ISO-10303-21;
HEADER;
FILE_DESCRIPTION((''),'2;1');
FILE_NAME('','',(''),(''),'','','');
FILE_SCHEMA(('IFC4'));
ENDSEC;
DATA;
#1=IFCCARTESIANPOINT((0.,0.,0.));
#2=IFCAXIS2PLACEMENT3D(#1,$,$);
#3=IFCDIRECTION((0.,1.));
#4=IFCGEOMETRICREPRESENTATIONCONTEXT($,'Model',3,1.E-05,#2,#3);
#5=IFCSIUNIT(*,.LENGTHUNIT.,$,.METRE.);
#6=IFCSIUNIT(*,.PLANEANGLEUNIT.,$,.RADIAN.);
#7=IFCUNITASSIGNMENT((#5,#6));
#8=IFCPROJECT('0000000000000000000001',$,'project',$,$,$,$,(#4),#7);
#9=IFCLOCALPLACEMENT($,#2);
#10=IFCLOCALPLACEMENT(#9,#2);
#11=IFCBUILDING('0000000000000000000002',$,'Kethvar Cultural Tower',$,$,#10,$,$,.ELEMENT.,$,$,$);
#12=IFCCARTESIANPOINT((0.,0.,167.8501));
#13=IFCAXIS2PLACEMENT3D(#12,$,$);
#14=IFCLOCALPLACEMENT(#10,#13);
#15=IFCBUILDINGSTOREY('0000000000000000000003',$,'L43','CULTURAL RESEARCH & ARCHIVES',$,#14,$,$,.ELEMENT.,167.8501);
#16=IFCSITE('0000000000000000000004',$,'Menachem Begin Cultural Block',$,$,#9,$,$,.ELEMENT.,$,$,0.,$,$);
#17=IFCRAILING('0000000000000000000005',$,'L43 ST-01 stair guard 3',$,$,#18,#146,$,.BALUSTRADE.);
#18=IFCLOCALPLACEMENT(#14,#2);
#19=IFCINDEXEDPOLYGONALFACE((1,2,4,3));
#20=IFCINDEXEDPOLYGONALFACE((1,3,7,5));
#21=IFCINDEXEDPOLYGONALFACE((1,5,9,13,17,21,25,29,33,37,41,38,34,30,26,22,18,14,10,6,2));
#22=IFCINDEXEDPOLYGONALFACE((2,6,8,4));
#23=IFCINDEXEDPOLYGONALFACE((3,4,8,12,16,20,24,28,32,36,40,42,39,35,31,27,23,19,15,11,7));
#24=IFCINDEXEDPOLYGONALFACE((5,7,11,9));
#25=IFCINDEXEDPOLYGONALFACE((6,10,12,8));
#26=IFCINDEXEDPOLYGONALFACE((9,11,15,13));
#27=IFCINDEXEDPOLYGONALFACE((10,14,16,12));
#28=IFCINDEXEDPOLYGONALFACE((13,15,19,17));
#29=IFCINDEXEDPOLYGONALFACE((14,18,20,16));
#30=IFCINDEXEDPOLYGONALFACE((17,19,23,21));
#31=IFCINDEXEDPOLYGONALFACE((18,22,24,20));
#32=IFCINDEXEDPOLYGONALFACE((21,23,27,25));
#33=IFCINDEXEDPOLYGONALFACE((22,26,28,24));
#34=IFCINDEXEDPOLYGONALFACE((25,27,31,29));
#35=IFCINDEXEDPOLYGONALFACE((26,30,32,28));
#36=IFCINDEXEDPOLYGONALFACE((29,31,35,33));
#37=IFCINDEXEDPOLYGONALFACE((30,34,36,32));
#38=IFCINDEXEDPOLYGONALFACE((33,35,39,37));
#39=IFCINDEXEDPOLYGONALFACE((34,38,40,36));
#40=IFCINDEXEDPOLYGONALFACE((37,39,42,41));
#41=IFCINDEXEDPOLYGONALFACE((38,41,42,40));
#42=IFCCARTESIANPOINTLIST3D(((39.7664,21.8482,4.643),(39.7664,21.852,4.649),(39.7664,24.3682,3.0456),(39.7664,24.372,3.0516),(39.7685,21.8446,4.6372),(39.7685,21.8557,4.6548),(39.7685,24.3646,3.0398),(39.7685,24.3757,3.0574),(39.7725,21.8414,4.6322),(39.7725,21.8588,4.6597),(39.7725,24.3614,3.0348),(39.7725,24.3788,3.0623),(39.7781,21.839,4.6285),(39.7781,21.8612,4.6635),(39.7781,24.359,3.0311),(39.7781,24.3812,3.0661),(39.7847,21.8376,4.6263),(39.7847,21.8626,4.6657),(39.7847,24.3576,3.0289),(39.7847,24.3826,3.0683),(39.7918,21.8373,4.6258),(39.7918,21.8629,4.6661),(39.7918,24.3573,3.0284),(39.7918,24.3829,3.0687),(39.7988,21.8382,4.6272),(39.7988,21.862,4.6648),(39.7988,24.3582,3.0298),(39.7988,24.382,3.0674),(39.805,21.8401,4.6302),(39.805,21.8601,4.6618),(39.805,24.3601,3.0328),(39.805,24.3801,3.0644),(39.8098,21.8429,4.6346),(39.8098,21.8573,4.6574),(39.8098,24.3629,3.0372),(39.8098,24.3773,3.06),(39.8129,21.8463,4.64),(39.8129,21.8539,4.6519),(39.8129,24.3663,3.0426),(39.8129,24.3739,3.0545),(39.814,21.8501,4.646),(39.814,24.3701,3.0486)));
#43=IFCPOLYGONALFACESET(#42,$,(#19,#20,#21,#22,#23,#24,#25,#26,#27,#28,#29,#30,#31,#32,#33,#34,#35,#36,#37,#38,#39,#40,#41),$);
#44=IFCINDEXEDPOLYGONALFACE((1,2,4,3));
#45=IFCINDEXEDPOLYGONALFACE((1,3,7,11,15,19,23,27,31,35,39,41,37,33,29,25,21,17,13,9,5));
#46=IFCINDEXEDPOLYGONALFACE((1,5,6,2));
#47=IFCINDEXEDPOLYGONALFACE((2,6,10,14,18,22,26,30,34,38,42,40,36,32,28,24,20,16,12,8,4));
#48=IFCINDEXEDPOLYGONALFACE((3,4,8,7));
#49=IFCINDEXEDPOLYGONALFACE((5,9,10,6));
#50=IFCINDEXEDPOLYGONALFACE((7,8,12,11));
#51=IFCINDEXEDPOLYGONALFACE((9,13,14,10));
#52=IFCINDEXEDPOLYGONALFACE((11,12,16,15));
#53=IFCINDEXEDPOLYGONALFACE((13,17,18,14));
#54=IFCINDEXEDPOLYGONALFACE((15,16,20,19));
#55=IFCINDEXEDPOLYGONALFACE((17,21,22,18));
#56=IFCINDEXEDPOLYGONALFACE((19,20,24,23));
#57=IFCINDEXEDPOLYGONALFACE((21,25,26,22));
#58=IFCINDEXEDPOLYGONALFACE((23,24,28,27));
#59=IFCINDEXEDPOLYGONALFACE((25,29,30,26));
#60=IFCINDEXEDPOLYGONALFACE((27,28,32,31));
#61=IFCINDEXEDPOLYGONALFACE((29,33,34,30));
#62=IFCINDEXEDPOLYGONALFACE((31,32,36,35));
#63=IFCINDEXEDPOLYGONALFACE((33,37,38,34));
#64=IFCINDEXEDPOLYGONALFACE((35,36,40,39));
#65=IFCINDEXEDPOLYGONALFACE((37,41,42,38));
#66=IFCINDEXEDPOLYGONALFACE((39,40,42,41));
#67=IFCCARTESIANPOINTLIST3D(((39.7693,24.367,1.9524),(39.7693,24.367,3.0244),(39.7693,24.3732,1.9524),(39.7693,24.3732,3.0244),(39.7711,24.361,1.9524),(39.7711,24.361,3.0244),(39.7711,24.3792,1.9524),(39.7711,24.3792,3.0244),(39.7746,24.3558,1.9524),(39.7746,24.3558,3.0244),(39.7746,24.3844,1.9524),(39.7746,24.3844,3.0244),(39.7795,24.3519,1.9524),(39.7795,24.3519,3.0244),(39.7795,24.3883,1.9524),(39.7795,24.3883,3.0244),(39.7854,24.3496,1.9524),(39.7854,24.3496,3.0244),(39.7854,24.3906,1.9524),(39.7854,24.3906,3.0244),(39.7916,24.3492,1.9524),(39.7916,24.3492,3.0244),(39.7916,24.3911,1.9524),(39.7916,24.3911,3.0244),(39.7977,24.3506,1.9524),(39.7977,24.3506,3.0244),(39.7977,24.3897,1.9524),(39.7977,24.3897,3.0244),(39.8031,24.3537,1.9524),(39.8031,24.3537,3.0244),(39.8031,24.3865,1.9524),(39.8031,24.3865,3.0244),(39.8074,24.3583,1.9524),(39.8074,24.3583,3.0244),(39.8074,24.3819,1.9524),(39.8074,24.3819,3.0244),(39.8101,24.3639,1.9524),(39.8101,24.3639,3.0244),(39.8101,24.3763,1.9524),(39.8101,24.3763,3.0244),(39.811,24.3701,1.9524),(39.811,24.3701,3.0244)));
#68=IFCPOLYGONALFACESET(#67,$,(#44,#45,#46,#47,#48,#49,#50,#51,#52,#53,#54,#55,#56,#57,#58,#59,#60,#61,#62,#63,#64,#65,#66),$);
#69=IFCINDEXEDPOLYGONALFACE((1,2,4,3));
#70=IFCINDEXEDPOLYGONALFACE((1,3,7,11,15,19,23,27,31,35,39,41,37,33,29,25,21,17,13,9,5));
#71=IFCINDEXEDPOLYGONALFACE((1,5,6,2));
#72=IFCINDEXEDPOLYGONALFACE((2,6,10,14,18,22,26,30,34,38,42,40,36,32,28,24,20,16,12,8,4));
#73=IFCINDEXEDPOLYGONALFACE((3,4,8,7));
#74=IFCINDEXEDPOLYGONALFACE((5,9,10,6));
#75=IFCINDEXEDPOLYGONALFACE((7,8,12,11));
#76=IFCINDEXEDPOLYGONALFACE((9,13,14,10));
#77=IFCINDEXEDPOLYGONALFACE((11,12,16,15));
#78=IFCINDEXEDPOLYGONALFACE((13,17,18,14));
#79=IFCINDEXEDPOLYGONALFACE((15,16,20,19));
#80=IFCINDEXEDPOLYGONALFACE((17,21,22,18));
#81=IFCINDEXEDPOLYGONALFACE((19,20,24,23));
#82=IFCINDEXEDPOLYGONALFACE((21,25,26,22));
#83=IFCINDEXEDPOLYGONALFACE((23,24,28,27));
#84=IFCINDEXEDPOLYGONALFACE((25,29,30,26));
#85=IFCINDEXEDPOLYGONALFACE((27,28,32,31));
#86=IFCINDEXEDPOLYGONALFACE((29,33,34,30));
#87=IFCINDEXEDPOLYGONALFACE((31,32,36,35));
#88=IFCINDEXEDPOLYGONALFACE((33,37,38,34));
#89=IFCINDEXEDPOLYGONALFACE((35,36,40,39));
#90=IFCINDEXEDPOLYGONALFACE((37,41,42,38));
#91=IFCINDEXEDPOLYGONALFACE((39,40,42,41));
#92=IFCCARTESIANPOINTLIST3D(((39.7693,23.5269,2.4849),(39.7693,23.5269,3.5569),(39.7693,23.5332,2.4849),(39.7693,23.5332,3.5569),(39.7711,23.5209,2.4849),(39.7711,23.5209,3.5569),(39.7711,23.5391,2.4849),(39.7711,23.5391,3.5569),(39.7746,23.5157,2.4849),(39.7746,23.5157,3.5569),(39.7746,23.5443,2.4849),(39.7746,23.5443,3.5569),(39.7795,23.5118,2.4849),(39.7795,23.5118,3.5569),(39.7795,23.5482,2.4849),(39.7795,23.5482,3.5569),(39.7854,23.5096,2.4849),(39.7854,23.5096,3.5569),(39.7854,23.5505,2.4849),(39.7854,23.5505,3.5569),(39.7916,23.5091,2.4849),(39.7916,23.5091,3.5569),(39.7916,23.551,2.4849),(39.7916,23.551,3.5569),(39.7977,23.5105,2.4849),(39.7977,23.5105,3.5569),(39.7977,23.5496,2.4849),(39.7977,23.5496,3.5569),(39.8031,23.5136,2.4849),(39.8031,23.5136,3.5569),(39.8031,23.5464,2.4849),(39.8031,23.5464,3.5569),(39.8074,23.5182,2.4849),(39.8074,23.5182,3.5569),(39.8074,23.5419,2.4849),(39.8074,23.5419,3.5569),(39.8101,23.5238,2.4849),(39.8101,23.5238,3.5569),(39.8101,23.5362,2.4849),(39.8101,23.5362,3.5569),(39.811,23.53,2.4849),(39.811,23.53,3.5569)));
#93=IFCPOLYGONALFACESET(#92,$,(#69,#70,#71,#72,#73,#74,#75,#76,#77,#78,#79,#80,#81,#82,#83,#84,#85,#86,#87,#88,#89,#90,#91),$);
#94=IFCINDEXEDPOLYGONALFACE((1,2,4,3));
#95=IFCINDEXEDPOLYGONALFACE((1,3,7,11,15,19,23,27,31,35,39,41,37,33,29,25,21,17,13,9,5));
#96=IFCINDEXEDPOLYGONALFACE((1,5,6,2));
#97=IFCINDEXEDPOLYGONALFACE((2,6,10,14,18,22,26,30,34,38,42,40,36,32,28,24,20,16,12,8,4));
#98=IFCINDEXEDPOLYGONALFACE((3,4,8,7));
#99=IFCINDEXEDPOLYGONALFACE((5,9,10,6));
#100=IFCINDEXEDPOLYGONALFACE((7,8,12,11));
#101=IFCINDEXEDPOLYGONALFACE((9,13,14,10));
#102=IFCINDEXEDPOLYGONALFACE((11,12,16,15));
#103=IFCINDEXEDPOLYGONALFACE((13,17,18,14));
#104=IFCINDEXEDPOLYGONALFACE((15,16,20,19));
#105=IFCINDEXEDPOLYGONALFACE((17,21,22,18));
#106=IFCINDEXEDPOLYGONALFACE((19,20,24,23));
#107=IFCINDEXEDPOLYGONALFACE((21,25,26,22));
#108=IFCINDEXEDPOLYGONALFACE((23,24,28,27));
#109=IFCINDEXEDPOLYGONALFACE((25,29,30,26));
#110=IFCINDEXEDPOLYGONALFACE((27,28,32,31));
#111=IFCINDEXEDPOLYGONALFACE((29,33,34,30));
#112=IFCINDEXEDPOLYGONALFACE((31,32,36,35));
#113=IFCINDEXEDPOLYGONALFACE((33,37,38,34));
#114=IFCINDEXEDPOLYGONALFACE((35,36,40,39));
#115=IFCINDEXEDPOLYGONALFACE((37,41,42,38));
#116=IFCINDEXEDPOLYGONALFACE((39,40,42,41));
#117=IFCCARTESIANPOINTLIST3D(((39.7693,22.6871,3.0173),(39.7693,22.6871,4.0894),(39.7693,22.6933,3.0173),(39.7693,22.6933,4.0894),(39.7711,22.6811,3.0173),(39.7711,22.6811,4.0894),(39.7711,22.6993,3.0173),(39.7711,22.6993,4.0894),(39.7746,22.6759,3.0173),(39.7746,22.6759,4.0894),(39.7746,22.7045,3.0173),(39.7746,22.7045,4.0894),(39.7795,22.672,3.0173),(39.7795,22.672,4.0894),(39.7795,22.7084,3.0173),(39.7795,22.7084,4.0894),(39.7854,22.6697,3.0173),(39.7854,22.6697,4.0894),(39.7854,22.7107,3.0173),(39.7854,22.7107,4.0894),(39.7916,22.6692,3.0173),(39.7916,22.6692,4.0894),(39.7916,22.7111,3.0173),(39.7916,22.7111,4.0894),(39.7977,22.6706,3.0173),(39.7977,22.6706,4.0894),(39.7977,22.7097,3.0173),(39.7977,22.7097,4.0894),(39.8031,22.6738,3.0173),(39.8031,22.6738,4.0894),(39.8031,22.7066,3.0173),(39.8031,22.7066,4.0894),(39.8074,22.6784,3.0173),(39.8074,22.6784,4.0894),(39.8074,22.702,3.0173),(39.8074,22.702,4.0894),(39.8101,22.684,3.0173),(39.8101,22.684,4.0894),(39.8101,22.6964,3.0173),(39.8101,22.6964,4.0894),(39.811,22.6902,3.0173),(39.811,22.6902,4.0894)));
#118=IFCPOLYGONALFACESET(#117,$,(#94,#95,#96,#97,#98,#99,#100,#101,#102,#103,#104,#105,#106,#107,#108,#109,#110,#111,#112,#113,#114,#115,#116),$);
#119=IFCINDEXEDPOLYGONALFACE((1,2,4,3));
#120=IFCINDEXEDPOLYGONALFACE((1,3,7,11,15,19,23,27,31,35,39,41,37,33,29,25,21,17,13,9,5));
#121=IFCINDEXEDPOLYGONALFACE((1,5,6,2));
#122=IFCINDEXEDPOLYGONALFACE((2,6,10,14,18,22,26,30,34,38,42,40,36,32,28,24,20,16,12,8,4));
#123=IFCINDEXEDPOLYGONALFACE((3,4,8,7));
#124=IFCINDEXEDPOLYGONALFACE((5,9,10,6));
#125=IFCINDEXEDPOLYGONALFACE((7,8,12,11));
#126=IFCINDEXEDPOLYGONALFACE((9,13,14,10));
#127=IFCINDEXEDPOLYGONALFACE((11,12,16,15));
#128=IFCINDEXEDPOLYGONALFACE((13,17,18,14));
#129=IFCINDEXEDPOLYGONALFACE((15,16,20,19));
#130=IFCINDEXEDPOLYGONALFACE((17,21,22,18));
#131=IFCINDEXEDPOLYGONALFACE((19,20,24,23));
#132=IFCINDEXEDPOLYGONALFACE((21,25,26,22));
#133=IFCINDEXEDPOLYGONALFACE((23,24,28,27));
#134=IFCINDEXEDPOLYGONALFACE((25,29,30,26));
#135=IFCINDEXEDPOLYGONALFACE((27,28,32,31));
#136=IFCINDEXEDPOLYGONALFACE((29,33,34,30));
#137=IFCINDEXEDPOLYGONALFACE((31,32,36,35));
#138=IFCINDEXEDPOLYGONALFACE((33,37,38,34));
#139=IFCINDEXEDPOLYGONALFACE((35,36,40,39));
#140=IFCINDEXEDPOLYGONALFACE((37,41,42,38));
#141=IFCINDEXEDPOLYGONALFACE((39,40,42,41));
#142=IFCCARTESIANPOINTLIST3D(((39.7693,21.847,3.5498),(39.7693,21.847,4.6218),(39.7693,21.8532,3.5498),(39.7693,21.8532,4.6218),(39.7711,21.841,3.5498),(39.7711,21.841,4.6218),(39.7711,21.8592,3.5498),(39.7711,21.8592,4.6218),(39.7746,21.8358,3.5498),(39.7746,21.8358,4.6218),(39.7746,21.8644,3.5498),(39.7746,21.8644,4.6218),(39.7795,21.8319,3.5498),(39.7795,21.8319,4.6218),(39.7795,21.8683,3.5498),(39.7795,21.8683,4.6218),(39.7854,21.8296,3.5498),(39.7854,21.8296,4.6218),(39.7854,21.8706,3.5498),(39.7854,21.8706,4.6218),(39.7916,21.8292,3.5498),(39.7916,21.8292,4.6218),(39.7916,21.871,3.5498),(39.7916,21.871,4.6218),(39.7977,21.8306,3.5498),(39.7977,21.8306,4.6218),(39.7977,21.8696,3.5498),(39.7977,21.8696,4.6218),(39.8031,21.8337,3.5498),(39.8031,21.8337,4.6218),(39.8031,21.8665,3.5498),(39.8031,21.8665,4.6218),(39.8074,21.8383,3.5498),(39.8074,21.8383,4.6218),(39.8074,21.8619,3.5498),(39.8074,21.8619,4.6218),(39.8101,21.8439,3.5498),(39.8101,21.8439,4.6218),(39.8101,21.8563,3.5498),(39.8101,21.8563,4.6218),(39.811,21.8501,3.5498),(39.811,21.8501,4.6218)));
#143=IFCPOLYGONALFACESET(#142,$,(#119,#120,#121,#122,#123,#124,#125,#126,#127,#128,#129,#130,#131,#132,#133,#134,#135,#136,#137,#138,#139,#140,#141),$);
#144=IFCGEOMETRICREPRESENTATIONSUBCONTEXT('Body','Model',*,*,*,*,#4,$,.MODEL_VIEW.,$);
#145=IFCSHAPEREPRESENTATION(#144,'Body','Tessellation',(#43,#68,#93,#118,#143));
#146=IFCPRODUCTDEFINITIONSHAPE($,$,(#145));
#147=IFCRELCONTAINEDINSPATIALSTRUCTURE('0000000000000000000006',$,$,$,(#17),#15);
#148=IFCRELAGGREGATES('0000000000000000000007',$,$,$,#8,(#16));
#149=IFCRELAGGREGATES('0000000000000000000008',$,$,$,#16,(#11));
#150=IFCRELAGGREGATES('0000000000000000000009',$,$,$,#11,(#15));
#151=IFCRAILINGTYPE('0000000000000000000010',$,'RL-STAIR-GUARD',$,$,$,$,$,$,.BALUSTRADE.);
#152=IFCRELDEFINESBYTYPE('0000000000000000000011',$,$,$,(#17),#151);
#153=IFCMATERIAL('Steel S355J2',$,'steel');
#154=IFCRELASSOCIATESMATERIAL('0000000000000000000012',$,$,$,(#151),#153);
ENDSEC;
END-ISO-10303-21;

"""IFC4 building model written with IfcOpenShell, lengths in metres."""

from ifc_helpers import new_model, si_unit, direction, frame, origin, origin_2d, place, context, subcontext, project, spatial, circle, extrude, material, type_object, element, save


model = new_model("IFC4")

# Units and contexts
model_context = context("Model", 3, precision=1e-05, world=origin(), true_north=direction((0.0, 1.0)))
body_context = subcontext(model_context, "Body", "Model", "MODEL_VIEW")
ifc_project = project(units=[si_unit("LENGTHUNIT", "METRE"), si_unit("PLANEANGLEUNIT", "RADIAN")], contexts=[model_context])

# Site, building, storey
site_placement = place(None, origin())
site = spatial("IfcSite", under=ifc_project, at=site_placement, Name="Menachem Begin Cultural Block", CompositionType="ELEMENT", RefElevation=0.0)
building_placement = place(site_placement, origin())
building = spatial("IfcBuilding", under=site, at=building_placement, Name="Kethvar Cultural Tower", CompositionType="ELEMENT")
storey_placement = place(building_placement, frame((0.0, 0.0, 167.8501)))
storey = spatial("IfcBuildingStorey", under=building, at=storey_placement, Name="L43", Description="CULTURAL RESEARCH & ARCHIVES", CompositionType="ELEMENT", Elevation=167.8501)

# Shared definitions
ifc_material_1 = material(Name="Steel S355J2", Category="steel")

# Railing
railing_type_1 = type_object("IfcRailingType", Name="RL-STAIR-GUARD", PredefinedType="BALUSTRADE", material=ifc_material_1)
railing_1_placement = place(storey_placement, frame((39.79, 24.3701, 1.9524)))
element("IfcRailing", 1, at=railing_1_placement, inside=storey, type_object=railing_type_1, Name="L43 ST-01 stair guard 3", PredefinedType="BALUSTRADE", context=body_context, shape_type="SweptSolid", body=[
    extrude(circle(Radius=0.0239, at=origin_2d()), frame((0.0, 0.0, 1.0962), z_axis=(0.0, -0.844607, 0.535387), x_axis=(1.0, 0.0, 0.0)), (0.0, 0.0, 1.0), 2.9836),
    extrude(circle(Radius=0.021, at=origin_2d()), origin(), (0.0, 0.0, 1.0), 1.072),
    extrude(circle(Radius=0.021, at=origin_2d()), frame((0.0, -0.8401, 0.5325)), (0.0, 0.0, 1.0), 1.072),
    extrude(circle(Radius=0.021, at=origin_2d()), frame((0.0, -1.6799, 1.0649)), (0.0, 0.0, 1.0), 1.072),
    extrude(circle(Radius=0.021, at=origin_2d()), frame((0.0, -2.52, 1.5974)), (0.0, 0.0, 1.0), 1.072),
])

save(model, "model.ifc")
